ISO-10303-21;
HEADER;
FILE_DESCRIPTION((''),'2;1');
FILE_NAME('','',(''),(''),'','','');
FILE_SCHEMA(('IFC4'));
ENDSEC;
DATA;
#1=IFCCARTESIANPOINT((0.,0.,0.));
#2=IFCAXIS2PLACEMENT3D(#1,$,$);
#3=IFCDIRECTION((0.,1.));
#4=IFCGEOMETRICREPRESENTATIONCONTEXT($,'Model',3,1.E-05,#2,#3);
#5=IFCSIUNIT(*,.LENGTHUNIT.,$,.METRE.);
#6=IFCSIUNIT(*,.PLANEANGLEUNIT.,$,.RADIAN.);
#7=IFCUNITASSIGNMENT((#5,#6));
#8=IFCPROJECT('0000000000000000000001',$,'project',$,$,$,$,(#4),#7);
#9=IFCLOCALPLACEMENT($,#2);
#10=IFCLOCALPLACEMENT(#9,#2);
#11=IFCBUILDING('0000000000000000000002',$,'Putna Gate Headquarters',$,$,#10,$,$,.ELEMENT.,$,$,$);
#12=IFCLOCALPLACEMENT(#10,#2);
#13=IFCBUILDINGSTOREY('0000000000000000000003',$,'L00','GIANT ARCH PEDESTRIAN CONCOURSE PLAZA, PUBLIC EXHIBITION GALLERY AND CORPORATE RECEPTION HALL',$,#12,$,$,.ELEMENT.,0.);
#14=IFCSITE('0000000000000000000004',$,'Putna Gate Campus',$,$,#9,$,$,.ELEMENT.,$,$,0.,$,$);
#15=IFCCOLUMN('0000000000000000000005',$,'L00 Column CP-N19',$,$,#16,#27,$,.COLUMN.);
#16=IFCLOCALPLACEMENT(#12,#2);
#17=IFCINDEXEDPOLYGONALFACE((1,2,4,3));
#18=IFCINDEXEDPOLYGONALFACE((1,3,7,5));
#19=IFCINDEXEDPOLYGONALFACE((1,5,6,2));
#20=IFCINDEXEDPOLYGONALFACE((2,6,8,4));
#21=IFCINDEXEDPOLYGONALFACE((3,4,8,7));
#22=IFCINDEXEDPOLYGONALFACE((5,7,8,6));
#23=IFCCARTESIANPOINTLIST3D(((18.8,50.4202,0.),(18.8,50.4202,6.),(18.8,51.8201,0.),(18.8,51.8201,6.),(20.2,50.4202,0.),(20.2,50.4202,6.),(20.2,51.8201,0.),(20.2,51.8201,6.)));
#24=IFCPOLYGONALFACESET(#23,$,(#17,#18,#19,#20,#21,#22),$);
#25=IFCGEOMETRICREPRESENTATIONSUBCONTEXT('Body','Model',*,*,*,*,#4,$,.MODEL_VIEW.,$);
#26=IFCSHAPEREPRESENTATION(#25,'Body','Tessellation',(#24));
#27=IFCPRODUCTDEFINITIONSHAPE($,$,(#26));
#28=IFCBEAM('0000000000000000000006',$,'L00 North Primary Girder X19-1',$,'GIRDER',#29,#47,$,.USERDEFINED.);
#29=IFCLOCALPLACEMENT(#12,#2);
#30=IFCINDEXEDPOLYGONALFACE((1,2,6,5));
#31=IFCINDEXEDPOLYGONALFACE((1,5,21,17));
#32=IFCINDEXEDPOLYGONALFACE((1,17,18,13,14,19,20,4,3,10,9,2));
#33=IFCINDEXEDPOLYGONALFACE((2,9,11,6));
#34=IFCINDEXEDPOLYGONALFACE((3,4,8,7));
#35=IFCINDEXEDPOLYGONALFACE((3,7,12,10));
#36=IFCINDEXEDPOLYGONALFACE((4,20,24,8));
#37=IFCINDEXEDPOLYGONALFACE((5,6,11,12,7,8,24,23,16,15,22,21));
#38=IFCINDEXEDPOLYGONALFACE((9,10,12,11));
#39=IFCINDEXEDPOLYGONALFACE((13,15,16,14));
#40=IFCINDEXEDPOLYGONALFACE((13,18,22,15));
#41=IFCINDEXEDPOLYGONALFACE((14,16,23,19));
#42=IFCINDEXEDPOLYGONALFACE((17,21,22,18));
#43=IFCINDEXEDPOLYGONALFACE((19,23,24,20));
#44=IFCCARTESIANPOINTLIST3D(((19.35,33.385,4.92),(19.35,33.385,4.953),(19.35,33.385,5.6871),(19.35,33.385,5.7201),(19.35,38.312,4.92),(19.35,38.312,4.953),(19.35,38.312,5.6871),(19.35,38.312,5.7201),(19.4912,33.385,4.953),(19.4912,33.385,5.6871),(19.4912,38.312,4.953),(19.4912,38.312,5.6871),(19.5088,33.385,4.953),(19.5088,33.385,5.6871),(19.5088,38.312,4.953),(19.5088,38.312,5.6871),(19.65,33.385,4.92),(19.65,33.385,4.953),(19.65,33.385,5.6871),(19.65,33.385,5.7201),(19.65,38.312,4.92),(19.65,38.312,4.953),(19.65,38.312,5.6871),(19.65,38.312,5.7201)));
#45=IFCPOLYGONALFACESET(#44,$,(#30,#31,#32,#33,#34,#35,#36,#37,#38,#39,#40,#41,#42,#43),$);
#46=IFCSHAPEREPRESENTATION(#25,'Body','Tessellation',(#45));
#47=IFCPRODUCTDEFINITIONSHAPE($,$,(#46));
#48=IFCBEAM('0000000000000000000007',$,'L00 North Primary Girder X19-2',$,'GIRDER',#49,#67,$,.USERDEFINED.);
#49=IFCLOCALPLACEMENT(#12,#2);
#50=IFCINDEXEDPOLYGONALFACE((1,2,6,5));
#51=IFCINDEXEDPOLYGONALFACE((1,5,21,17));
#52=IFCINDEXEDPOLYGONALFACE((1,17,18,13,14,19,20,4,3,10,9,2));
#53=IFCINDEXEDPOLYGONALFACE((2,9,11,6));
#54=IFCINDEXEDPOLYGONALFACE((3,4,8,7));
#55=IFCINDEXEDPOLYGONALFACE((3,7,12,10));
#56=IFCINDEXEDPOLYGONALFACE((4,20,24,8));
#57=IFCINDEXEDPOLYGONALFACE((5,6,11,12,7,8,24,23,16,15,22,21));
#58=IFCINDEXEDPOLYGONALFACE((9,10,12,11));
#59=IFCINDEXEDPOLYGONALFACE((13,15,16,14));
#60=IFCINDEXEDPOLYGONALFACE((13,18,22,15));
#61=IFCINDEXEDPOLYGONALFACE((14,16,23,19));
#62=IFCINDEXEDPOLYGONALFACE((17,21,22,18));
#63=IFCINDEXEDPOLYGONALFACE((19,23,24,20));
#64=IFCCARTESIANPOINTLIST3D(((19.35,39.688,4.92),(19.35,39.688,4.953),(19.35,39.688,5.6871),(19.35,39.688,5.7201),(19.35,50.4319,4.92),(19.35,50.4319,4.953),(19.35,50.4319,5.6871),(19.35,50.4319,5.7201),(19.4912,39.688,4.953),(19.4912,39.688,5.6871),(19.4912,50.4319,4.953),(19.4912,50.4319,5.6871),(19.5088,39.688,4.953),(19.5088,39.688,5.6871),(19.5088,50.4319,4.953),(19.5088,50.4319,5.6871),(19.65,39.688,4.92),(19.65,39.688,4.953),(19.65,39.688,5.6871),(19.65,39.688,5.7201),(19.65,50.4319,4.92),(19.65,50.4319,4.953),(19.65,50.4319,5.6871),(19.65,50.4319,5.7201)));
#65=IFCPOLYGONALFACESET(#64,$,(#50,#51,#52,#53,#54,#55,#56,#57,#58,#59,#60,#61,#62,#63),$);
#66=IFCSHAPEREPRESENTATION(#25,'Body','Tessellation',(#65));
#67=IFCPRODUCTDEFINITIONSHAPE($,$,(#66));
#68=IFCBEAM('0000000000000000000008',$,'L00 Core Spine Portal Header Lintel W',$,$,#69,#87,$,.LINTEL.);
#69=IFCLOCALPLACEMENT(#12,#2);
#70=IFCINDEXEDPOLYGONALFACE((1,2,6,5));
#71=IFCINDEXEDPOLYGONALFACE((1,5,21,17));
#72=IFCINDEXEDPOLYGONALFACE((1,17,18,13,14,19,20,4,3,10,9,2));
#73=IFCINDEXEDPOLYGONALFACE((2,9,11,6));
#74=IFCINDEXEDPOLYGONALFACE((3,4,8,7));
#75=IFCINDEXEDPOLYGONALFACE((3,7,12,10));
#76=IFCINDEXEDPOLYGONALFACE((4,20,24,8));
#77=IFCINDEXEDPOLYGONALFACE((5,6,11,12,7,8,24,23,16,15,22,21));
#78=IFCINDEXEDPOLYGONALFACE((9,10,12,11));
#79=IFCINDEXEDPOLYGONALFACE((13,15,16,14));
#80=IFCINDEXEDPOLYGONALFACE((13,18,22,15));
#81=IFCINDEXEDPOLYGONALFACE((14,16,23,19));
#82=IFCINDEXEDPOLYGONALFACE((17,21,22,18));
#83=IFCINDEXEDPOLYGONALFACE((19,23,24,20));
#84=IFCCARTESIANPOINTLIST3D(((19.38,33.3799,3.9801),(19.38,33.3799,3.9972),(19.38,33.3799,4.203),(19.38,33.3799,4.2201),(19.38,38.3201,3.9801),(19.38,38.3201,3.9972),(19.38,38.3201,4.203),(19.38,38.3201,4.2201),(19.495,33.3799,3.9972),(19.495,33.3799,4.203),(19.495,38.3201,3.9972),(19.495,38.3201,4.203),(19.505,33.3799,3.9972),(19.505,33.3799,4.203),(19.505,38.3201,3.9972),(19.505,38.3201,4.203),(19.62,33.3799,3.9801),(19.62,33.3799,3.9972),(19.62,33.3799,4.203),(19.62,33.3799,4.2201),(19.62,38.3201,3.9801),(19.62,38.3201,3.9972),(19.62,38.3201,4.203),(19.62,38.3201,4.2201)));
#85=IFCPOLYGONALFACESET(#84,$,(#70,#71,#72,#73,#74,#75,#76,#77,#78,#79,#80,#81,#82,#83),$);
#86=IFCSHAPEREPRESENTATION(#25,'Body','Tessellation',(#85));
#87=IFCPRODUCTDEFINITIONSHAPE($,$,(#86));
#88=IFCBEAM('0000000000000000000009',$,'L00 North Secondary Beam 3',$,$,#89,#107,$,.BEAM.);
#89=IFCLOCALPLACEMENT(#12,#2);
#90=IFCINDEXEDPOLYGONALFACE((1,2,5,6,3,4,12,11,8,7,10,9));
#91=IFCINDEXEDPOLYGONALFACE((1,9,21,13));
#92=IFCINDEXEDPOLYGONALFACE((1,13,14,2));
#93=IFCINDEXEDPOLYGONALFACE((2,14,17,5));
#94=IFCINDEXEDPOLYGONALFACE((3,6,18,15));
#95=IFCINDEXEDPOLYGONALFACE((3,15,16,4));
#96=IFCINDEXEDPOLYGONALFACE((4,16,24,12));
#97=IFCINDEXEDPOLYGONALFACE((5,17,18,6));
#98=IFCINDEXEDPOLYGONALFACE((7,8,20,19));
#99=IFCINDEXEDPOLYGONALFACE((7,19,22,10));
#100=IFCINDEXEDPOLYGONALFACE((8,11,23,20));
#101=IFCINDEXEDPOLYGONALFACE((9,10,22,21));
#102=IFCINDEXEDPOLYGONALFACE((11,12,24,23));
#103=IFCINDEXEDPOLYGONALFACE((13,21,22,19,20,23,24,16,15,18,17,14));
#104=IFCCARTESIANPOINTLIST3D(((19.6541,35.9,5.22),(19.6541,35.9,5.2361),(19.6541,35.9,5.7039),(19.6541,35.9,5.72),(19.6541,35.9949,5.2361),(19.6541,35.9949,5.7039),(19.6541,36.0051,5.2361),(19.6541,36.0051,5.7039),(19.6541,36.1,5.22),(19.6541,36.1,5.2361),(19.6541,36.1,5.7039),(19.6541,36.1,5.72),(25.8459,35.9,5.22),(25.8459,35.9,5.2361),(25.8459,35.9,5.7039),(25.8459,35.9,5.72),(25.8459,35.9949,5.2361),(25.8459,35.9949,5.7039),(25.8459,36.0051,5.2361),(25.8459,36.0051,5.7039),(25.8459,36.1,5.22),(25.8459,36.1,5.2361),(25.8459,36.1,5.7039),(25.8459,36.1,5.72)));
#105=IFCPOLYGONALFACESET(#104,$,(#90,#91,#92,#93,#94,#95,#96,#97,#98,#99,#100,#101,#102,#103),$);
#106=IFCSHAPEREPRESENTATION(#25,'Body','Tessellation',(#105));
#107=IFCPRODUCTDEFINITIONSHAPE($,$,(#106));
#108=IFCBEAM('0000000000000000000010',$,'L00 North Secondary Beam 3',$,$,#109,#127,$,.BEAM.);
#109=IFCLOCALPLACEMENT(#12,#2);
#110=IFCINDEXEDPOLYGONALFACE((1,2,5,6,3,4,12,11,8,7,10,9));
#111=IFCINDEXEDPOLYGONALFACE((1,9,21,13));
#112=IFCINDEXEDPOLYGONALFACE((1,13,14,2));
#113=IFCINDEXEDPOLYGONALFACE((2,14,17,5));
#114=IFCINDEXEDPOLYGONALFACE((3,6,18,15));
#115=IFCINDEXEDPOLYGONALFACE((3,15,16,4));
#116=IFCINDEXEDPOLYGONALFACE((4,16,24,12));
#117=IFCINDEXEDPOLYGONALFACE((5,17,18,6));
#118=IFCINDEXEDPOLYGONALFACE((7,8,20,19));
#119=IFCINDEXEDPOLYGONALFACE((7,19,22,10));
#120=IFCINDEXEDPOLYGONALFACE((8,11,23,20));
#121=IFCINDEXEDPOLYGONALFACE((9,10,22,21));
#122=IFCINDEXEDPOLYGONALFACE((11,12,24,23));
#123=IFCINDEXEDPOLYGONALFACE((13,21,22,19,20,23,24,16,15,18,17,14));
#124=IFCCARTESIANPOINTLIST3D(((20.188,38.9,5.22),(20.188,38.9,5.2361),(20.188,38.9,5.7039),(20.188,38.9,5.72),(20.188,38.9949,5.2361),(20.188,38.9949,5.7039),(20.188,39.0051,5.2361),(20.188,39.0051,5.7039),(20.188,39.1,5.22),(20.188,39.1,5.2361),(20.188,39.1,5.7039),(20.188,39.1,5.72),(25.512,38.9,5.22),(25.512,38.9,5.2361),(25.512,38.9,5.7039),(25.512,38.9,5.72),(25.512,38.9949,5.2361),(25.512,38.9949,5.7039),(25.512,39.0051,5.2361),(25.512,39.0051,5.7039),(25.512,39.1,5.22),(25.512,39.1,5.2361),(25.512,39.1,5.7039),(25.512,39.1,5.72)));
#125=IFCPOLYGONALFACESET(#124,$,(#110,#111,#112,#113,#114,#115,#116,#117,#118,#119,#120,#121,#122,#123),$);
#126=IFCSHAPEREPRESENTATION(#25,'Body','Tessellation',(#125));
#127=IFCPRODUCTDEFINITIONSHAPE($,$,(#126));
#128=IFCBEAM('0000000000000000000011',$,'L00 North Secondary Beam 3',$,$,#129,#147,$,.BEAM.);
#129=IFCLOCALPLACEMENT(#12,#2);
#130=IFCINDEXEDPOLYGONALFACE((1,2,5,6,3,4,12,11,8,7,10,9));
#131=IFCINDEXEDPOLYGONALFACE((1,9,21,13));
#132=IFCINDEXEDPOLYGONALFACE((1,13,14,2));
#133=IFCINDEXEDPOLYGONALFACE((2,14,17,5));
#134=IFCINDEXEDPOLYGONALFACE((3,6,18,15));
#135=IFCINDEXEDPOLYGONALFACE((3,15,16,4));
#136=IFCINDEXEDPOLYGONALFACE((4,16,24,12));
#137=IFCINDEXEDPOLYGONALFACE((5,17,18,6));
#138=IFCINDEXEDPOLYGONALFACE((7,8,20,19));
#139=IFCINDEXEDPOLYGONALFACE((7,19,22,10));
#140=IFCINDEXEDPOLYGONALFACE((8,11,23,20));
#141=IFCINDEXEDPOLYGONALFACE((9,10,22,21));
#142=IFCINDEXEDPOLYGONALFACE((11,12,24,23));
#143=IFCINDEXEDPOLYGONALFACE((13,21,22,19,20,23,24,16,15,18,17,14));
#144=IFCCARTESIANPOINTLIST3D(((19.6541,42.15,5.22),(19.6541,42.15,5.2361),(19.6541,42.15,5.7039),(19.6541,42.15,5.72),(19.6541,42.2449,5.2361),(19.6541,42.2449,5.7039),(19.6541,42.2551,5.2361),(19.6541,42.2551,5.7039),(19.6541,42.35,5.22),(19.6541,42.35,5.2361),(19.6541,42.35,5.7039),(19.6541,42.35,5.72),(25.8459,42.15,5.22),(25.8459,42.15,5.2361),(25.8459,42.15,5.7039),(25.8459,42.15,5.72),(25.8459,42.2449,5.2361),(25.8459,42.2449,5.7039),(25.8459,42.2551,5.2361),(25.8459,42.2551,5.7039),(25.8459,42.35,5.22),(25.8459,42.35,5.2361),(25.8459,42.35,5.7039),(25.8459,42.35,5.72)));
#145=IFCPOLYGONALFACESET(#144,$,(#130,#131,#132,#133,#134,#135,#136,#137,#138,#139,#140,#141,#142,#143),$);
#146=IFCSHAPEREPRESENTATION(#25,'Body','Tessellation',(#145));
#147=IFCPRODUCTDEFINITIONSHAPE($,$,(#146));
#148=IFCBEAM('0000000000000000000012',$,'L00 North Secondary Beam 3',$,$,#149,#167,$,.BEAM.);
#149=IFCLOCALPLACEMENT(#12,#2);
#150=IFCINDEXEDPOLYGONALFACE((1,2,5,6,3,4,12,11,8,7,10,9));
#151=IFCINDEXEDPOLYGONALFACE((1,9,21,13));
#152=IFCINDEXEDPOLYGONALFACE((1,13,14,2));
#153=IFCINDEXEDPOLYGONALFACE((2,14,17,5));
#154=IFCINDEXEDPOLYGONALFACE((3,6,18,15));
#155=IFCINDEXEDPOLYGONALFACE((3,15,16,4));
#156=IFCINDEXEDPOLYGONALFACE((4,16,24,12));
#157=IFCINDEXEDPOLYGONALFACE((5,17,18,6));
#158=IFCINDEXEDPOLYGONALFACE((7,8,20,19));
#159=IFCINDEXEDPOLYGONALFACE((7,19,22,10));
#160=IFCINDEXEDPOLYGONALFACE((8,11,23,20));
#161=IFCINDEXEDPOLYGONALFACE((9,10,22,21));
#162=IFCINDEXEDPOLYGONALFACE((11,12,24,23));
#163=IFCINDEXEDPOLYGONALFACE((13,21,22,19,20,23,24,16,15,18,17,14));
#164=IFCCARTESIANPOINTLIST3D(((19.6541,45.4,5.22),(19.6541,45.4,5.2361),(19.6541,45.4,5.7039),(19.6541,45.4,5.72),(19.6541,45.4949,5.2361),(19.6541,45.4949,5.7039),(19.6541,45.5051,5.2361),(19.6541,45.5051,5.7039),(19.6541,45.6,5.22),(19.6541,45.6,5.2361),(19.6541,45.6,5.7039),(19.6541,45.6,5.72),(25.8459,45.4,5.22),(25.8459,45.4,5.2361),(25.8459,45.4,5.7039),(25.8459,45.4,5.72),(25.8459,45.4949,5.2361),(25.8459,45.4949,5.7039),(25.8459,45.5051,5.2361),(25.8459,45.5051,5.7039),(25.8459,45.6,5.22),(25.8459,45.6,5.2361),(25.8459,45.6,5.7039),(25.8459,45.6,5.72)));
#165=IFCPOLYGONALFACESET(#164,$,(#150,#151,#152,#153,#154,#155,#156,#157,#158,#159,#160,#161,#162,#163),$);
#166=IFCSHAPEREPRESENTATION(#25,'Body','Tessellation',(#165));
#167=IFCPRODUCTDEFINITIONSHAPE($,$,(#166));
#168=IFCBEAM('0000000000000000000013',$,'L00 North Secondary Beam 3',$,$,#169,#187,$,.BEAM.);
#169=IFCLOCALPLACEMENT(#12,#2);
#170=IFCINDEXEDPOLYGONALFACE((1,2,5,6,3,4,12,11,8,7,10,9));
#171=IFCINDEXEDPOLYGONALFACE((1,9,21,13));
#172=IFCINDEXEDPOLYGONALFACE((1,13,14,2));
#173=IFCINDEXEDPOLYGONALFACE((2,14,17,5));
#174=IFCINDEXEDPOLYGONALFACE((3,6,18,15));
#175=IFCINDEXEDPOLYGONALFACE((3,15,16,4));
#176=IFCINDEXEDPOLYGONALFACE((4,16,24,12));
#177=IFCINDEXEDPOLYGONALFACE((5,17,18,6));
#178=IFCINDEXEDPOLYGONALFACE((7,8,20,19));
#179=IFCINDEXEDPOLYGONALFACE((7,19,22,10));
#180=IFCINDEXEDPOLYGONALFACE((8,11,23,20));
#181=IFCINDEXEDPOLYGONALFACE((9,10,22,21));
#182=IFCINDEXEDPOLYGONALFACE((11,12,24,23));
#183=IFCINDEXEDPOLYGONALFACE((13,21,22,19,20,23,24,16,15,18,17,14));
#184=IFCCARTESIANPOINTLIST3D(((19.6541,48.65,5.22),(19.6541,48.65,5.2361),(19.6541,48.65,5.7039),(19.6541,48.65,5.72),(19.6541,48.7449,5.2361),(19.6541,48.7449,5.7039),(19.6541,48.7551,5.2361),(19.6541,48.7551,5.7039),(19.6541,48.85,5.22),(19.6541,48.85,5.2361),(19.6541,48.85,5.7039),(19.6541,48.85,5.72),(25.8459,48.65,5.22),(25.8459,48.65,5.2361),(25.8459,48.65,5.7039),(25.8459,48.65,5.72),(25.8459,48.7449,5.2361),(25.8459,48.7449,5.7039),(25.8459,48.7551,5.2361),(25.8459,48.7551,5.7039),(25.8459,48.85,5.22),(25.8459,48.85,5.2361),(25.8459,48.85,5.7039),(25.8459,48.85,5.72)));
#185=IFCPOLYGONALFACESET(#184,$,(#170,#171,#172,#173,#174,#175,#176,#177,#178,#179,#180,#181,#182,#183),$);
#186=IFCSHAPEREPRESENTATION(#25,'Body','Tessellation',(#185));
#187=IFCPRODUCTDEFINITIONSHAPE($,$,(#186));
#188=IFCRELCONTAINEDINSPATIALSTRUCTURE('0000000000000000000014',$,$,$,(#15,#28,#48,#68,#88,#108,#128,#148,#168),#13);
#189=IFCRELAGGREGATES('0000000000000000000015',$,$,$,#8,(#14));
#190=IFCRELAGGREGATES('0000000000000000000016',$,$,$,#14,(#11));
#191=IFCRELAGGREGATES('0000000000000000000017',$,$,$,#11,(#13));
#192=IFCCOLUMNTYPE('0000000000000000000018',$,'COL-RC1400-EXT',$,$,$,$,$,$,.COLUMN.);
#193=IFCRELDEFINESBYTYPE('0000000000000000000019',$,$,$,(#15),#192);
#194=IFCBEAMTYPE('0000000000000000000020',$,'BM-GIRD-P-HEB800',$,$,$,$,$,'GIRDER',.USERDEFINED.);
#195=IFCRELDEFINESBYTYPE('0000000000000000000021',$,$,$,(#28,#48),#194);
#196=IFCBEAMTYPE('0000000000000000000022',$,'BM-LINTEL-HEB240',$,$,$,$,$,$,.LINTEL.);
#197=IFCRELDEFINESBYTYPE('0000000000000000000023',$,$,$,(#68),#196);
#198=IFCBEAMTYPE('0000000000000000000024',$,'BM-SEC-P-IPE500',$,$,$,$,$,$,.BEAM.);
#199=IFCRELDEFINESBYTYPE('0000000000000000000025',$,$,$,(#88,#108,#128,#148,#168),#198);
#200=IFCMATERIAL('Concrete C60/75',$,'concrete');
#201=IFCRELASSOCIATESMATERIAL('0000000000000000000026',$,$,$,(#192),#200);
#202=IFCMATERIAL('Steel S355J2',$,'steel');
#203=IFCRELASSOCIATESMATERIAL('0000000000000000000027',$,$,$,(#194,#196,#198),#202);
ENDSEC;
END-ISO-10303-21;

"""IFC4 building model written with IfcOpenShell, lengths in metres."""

from ifc_helpers import new_model, si_unit, direction, frame, origin, origin_2d, place, context, subcontext, project, spatial, rectangle, i_section, extrude, material, material_profile, profile_set, type_object, element, save


model = new_model("IFC4")

# Units and contexts
model_context = context("Model", 3, precision=1e-05, world=origin(), true_north=direction((0.0, 1.0)))
body_context = subcontext(model_context, "Body", "Model", "MODEL_VIEW")
ifc_project = project(units=[si_unit("LENGTHUNIT", "METRE"), si_unit("PLANEANGLEUNIT", "RADIAN")], contexts=[model_context])

# Site, building, storey
site_placement = place(None, origin())
site = spatial("IfcSite", under=ifc_project, at=site_placement, Name="Putna Gate Campus", CompositionType="ELEMENT", RefElevation=0.0)
building_placement = place(site_placement, origin())
building = spatial("IfcBuilding", under=site, at=building_placement, Name="Putna Gate Headquarters", CompositionType="ELEMENT")
storey_placement = place(building_placement, origin())
storey = spatial("IfcBuildingStorey", under=building, at=storey_placement, Name="L00", Description="GIANT ARCH PEDESTRIAN CONCOURSE PLAZA, PUBLIC EXHIBITION GALLERY AND CORPORATE RECEPTION HALL", CompositionType="ELEMENT", Elevation=0.0)

# Column
ifc_material_1 = material(Name="Concrete C60/75", Category="concrete")
ifc_material_profile_1 = material_profile(ifc_material_1, rectangle(XDim=1.3999, YDim=1.3999, at=origin_2d()), Name="Concrete C60/75")
ifc_profile_set_1 = profile_set([ifc_material_profile_1], Name="Concrete C60/75")
column_type = type_object("IfcColumnType", Name="COL-RC1400-EXT", PredefinedType="COLUMN", material=ifc_profile_set_1)
column_placement = place(storey_placement, frame((19.5, 51.1201, 0.0), z_axis=(0.0, 0.0, 1.0), x_axis=(1.0, 0.0, 0.0)))
element("IfcColumn", 1, at=column_placement, inside=storey, type_object=column_type, Name="L00 Column CP-N19", PredefinedType="COLUMN", context=body_context, shape_type="SweptSolid", body=[
    extrude(rectangle(XDim=1.3999, YDim=1.3999, at=origin_2d()), origin(), (0.0, 0.0, 1.0), 6.0),
])

# Beams
ifc_material_2 = material(Name="Steel S355J2", Category="steel")
ifc_material_profile_2 = material_profile(ifc_material_2, i_section(OverallWidth=0.3, OverallDepth=0.8, WebThickness=0.0176, FlangeThickness=0.033, at=origin_2d()), Name="Steel S355J2")
ifc_profile_set_2 = profile_set([ifc_material_profile_2], Name="Steel S355J2")
beam_type_1 = type_object("IfcBeamType", Name="BM-GIRD-P-HEB800", ElementType="GIRDER", PredefinedType="USERDEFINED", material=ifc_profile_set_2)
beam_1_placement = place(storey_placement, frame((19.5, 33.385, 5.3201), z_axis=(0.0, 1.0, 0.0), x_axis=(-1.0, 0.0, 0.0)))
element("IfcBeam", 2, at=beam_1_placement, inside=storey, type_object=beam_type_1, Name="L00 North Primary Girder X19-1", ObjectType="GIRDER", PredefinedType="USERDEFINED", context=body_context, shape_type="SweptSolid", body=[
    extrude(i_section(OverallWidth=0.3, OverallDepth=0.8, WebThickness=0.0176, FlangeThickness=0.033, at=origin_2d()), origin(), (0.0, 0.0, 1.0), 4.927),
])
beam_2_placement = place(storey_placement, frame((19.5, 39.688, 5.3201), z_axis=(0.0, 1.0, 0.0), x_axis=(-1.0, 0.0, 0.0)))
element("IfcBeam", 3, at=beam_2_placement, inside=storey, type_object=beam_type_1, Name="L00 North Primary Girder X19-2", ObjectType="GIRDER", PredefinedType="USERDEFINED", context=body_context, shape_type="SweptSolid", body=[
    extrude(i_section(OverallWidth=0.3, OverallDepth=0.8, WebThickness=0.0176, FlangeThickness=0.033, at=origin_2d()), origin(), (0.0, 0.0, 1.0), 10.7439),
])
ifc_material_profile_3 = material_profile(ifc_material_2, i_section(OverallWidth=0.24, OverallDepth=0.24, WebThickness=0.01, FlangeThickness=0.0171, at=origin_2d()), Name="Steel S355J2")
ifc_profile_set_3 = profile_set([ifc_material_profile_3], Name="Steel S355J2")
beam_type_2 = type_object("IfcBeamType", Name="BM-LINTEL-HEB240", PredefinedType="LINTEL", material=ifc_profile_set_3)
beam_3_placement = place(storey_placement, frame((19.5, 33.3799, 4.1001), z_axis=(0.0, 1.0, 0.0), x_axis=(-1.0, 0.0, 0.0)))
element("IfcBeam", 4, at=beam_3_placement, inside=storey, type_object=beam_type_2, Name="L00 Core Spine Portal Header Lintel W", PredefinedType="LINTEL", context=body_context, shape_type="SweptSolid", body=[
    extrude(i_section(OverallWidth=0.24, OverallDepth=0.24, WebThickness=0.01, FlangeThickness=0.0171, at=origin_2d()), origin(), (0.0, 0.0, 1.0), 4.9402),
])
ifc_material_profile_4 = material_profile(ifc_material_2, i_section(OverallWidth=0.2, OverallDepth=0.5, WebThickness=0.0103, FlangeThickness=0.0161, at=origin_2d()), Name="Steel S355J2")
ifc_profile_set_4 = profile_set([ifc_material_profile_4], Name="Steel S355J2")
beam_type_3 = type_object("IfcBeamType", Name="BM-SEC-P-IPE500", PredefinedType="BEAM", material=ifc_profile_set_4)
beam_4_placement = place(storey_placement, frame((19.6541, 36.0, 5.47), z_axis=(1.0, 0.0, 0.0), x_axis=(0.0, 1.0, 0.0)))
element("IfcBeam", 5, at=beam_4_placement, inside=storey, type_object=beam_type_3, Name="L00 North Secondary Beam 3", PredefinedType="BEAM", context=body_context, shape_type="SweptSolid", body=[
    extrude(i_section(OverallWidth=0.2, OverallDepth=0.5, WebThickness=0.0103, FlangeThickness=0.0161, at=origin_2d()), origin(), (0.0, 0.0, 1.0), 6.1919),
])
beam_5_placement = place(storey_placement, frame((20.188, 39.0, 5.47), z_axis=(1.0, 0.0, 0.0), x_axis=(0.0, 1.0, 0.0)))
element("IfcBeam", 6, at=beam_5_placement, inside=storey, type_object=beam_type_3, Name="L00 North Secondary Beam 3", PredefinedType="BEAM", context=body_context, shape_type="SweptSolid", body=[
    extrude(i_section(OverallWidth=0.2, OverallDepth=0.5, WebThickness=0.0103, FlangeThickness=0.0161, at=origin_2d()), origin(), (0.0, 0.0, 1.0), 5.324),
])
for number, where, z_axis, x_axis, name in (
    (7, (19.6541, 42.25, 5.47), (1.0, 0.0, 0.0), (0.0, 1.0, 0.0), "L00 North Secondary Beam 3"),
    (8, (19.6541, 45.5, 5.47), (1.0, 0.0, 0.0), (0.0, 1.0, 0.0), "L00 North Secondary Beam 3"),
    (9, (19.6541, 48.75, 5.47), (1.0, 0.0, 0.0), (0.0, 1.0, 0.0), "L00 North Secondary Beam 3"),
):
    element("IfcBeam", number, at=place(storey_placement, frame(where, z_axis=z_axis, x_axis=x_axis)), inside=storey, type_object=beam_type_3, Name=name, PredefinedType="BEAM", context=body_context, shape_type="SweptSolid", body=[
        extrude(i_section(OverallWidth=0.2, OverallDepth=0.5, WebThickness=0.0103, FlangeThickness=0.0161, at=origin_2d()), origin(), (0.0, 0.0, 1.0), 6.1919),
    ])

save(model, "model.ifc")
